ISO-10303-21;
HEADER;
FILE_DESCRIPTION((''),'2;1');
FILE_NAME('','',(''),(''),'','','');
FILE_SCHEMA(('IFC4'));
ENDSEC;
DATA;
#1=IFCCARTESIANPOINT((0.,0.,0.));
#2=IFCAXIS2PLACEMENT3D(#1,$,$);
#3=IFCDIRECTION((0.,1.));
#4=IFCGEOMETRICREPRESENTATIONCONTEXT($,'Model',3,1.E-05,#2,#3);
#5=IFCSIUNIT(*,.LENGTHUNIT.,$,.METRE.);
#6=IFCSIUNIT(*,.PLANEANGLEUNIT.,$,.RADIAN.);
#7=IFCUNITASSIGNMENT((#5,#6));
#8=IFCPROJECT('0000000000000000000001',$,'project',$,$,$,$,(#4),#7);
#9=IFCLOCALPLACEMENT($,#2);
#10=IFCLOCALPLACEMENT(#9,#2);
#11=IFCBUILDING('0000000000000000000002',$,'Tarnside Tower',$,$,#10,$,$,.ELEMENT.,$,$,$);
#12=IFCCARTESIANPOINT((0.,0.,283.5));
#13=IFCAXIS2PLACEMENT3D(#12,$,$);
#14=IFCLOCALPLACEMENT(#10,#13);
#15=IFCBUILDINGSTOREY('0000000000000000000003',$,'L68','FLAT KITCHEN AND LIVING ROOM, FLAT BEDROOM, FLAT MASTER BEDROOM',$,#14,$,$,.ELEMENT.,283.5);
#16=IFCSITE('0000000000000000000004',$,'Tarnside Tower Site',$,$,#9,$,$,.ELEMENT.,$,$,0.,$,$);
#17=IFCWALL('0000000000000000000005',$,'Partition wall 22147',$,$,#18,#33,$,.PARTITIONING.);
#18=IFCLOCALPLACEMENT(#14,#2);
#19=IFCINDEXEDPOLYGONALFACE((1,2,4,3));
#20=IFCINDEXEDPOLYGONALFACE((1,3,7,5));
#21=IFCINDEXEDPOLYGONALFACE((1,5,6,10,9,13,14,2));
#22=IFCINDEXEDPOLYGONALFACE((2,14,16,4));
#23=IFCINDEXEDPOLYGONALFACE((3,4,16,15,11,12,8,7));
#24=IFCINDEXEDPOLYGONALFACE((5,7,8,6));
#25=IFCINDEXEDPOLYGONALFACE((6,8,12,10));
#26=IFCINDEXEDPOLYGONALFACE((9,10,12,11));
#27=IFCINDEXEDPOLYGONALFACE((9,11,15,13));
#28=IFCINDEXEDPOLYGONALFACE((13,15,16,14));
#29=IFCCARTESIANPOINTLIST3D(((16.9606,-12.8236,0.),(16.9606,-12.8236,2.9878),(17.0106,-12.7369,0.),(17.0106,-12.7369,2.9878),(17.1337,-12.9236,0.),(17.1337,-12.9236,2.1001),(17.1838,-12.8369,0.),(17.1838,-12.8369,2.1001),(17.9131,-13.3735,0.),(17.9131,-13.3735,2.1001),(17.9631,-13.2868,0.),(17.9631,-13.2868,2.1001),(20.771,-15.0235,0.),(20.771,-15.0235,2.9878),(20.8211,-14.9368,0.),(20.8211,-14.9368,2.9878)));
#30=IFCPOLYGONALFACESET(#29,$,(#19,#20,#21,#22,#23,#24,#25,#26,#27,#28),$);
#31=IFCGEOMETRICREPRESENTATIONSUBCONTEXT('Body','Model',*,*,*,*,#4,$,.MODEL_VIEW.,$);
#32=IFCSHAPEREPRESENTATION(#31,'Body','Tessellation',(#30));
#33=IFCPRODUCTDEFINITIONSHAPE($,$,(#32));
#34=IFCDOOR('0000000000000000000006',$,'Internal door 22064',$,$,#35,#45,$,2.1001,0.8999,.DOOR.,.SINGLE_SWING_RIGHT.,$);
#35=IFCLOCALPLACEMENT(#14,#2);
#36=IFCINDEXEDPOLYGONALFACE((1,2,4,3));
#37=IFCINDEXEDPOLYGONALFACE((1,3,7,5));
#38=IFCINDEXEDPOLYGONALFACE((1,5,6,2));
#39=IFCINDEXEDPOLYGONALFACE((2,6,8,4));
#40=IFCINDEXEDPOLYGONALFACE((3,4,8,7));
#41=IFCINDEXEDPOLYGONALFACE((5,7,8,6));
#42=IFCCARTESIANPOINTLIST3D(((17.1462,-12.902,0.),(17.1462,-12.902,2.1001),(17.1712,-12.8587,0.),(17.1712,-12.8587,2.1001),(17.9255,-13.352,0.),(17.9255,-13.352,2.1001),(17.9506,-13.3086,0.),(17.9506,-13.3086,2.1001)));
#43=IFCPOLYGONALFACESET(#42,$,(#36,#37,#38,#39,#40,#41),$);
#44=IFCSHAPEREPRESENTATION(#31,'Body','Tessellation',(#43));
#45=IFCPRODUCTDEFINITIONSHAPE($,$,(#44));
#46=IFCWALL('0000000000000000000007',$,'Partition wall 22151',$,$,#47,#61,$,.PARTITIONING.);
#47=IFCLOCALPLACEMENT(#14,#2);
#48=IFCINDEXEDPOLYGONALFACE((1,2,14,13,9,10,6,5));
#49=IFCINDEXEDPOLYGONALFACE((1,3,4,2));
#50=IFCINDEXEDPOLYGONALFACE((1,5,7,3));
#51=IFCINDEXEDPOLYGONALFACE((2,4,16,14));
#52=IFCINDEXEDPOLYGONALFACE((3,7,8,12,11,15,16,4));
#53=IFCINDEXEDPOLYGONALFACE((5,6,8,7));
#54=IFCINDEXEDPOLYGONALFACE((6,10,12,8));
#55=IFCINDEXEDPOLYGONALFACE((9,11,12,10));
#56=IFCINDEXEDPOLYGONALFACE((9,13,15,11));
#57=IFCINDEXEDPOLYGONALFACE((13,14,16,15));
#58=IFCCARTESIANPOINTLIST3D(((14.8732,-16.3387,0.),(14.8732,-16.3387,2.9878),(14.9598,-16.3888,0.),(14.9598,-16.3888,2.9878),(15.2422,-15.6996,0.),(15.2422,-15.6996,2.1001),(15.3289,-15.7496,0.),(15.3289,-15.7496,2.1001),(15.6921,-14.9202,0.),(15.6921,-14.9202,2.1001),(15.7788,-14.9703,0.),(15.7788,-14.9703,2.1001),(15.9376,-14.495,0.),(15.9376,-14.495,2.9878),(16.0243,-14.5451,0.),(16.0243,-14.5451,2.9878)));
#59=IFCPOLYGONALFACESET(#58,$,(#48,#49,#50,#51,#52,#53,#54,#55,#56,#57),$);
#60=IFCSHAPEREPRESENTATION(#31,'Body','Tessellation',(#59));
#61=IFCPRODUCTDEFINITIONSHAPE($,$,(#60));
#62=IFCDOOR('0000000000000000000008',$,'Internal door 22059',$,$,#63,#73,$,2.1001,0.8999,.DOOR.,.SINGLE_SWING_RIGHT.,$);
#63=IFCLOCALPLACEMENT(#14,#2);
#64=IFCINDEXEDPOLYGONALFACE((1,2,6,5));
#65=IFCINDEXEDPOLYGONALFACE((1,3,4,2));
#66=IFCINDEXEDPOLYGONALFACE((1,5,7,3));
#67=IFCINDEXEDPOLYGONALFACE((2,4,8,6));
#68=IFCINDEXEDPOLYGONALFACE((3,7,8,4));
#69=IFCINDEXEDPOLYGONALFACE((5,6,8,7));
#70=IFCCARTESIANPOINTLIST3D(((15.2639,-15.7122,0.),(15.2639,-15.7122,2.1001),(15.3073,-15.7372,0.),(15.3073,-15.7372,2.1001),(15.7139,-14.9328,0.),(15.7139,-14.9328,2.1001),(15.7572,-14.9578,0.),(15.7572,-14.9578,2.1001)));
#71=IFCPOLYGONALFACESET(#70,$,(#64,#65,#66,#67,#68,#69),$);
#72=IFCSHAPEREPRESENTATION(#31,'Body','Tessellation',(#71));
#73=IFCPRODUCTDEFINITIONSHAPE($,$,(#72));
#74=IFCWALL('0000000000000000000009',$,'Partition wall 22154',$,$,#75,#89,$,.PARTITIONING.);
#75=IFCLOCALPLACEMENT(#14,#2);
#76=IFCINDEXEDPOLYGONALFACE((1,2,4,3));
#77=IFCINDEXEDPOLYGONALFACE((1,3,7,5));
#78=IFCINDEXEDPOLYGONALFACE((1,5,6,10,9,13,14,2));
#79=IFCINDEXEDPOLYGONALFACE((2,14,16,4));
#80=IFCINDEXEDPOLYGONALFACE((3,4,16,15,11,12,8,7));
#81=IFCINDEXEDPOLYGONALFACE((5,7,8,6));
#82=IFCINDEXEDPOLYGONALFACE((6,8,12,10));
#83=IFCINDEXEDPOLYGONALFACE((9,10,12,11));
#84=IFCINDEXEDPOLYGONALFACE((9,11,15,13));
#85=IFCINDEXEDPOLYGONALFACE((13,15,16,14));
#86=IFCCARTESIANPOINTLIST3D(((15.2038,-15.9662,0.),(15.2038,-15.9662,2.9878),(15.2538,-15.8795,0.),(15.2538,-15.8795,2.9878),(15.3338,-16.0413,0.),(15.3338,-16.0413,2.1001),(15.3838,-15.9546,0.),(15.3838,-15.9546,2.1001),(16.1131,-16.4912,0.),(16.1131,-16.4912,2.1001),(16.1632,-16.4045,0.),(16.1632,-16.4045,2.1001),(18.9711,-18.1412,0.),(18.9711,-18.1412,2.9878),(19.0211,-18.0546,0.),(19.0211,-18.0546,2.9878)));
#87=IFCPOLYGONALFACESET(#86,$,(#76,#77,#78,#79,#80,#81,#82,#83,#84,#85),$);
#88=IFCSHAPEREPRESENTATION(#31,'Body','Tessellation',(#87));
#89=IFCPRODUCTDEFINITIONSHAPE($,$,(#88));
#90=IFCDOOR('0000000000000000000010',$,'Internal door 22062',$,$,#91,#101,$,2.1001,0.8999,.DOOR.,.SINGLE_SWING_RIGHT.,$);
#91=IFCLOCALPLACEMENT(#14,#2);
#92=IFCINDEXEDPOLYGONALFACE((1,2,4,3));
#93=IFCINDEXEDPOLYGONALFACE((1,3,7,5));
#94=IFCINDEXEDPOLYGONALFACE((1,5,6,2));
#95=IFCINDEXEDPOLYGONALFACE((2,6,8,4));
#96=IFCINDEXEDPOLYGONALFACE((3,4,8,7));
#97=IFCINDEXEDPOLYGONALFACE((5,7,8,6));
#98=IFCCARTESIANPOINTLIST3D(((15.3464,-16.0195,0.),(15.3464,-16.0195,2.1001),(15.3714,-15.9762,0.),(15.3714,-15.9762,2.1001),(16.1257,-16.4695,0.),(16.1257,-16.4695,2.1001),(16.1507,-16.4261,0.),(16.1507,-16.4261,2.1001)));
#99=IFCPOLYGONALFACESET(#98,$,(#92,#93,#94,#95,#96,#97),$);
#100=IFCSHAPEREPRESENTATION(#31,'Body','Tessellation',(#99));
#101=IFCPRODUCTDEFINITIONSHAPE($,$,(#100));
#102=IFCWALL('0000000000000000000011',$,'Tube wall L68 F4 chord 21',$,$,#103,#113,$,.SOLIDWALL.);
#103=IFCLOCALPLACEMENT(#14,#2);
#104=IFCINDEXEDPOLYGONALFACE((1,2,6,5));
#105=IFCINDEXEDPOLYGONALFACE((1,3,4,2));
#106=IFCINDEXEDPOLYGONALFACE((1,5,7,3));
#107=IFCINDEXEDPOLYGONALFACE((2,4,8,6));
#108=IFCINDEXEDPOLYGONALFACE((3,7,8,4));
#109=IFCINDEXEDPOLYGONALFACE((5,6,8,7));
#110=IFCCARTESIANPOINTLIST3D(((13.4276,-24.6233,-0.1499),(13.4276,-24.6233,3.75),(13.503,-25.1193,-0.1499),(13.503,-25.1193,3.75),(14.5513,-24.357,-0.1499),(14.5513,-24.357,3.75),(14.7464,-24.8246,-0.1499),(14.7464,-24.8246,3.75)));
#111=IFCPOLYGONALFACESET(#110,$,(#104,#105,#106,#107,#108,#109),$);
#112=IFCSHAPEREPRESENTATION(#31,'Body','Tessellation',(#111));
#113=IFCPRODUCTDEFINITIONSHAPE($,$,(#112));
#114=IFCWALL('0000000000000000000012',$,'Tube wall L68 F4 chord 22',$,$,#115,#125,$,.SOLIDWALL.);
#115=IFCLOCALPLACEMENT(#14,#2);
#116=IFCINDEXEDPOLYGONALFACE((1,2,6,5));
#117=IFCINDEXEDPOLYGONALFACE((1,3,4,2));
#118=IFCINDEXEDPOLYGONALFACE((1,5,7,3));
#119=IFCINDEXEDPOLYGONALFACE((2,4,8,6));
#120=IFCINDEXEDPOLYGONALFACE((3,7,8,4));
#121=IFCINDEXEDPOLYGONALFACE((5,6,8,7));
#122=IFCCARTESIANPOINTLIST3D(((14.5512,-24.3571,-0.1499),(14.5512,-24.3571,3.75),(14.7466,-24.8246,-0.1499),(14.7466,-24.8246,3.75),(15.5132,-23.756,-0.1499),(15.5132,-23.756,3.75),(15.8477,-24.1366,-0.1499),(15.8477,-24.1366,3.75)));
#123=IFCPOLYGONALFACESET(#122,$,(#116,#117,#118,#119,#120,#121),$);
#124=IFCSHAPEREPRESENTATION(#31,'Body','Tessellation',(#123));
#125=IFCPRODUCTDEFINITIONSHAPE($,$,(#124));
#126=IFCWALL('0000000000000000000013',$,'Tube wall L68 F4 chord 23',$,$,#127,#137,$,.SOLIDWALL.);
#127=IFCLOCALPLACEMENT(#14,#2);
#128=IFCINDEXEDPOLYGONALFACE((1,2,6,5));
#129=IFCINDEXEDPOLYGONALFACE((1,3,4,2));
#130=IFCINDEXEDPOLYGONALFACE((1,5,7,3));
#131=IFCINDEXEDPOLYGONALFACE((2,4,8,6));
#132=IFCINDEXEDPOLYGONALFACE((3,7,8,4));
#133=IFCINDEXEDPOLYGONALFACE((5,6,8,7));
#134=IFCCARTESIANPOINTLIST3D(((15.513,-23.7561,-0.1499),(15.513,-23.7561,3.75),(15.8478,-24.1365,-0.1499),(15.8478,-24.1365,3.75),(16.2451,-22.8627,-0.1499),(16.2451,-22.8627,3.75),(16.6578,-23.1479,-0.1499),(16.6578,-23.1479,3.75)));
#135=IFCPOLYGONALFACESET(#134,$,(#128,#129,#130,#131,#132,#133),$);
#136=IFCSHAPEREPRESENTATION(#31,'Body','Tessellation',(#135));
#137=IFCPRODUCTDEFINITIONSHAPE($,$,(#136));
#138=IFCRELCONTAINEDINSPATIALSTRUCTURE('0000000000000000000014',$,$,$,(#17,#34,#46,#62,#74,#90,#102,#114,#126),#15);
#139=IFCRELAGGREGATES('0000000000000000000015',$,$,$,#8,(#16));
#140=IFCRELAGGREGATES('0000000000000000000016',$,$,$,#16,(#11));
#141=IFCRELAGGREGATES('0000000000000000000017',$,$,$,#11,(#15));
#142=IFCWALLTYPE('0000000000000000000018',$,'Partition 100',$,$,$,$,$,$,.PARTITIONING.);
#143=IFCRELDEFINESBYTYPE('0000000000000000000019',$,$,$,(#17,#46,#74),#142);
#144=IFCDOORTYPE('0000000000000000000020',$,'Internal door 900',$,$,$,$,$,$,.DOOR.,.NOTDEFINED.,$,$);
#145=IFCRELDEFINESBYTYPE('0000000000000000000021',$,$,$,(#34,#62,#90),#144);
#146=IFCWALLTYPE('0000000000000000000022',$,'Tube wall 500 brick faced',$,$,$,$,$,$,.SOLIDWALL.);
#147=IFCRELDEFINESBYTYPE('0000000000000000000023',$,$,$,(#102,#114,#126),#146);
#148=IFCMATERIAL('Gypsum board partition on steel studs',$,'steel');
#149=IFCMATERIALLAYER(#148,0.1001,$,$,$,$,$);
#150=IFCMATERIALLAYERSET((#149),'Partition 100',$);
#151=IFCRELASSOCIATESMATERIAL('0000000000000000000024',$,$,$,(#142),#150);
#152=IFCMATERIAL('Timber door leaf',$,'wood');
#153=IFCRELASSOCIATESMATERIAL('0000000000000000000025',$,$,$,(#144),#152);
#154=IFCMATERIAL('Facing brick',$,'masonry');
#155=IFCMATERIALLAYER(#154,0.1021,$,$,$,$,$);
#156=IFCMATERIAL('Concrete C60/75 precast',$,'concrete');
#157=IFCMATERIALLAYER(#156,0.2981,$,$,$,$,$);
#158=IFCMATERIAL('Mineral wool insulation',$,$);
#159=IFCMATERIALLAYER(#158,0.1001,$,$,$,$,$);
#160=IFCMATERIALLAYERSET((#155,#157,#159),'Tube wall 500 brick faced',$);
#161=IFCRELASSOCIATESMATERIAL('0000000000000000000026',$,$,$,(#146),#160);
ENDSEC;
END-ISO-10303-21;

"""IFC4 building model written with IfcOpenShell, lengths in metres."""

from ifc_helpers import new_model, si_unit, direction, frame, frame_2d, origin, place, context, subcontext, project, spatial, polyline, rectangle, outline, extrude, material, layer, layer_set, type_object, element, fill, save


model = new_model("IFC4")

# Units and contexts
model_context = context("Model", 3, precision=1e-05, world=origin(), true_north=direction((0.0, 1.0)))
body_context = subcontext(model_context, "Body", "Model", "MODEL_VIEW")
ifc_project = project(units=[si_unit("LENGTHUNIT", "METRE"), si_unit("PLANEANGLEUNIT", "RADIAN")], contexts=[model_context])

# Site, building, storey
site_placement = place(None, origin())
site = spatial("IfcSite", under=ifc_project, at=site_placement, Name="Tarnside Tower Site", CompositionType="ELEMENT", RefElevation=0.0)
building_placement = place(site_placement, origin())
building = spatial("IfcBuilding", under=site, at=building_placement, Name="Tarnside Tower", CompositionType="ELEMENT")
storey_placement = place(building_placement, frame((0.0, 0.0, 283.5)))
storey = spatial("IfcBuildingStorey", under=building, at=storey_placement, Name="L68", Description="FLAT KITCHEN AND LIVING ROOM, FLAT BEDROOM, FLAT MASTER BEDROOM", CompositionType="ELEMENT", Elevation=283.5)

# Shared definitions
ifc_material_1 = material(Name="Gypsum board partition on steel studs", Category="steel")
ifc_material_2 = material(Name="Timber door leaf", Category="wood")

# Shared definitions
ifc_material_3 = material(Name="Concrete C60/75 precast", Category="concrete")
ifc_material_4 = material(Name="Mineral wool insulation")

# Walls, openings, doors
ifc_layer_1 = layer(ifc_material_1, 0.1001)
ifc_layer_set_1 = layer_set([ifc_layer_1], Name="Partition 100")
wall_type_1 = type_object("IfcWallType", Name="Partition 100", PredefinedType="PARTITIONING", material=ifc_layer_set_1)
wall_1_placement = place(storey_placement, frame((16.9856, -12.7803, 0.0), z_axis=(0.0, 0.0, 1.0), x_axis=(0.866032, -0.499988, 0.0)))
wall_1 = element("IfcWall", 1, at=wall_1_placement, inside=storey, type_object=wall_type_1, Name="Partition wall 22147", PredefinedType="PARTITIONING", context=body_context, shape_type="SweptSolid", body=[
    extrude(rectangle(XDim=4.3999, YDim=0.1001, at=frame_2d((2.2, 0.0))), origin(), (0.0, 0.0, 1.0), 2.9878),
])
opening_1_placement = place(wall_1_placement, frame((0.2, 0.0, 0.0)))
opening_1 = element("IfcOpeningElement", 2, at=opening_1_placement, cuts=wall_1, PredefinedType="OPENING", context=body_context, shape_type="SweptSolid", body=[
    extrude(rectangle(XDim=0.8999, YDim=2.1001, at=frame_2d((0.45, 1.05))), frame((0.0, 0.0601, 0.0), z_axis=(0.0, -1.0, 0.0), x_axis=(1.0, 0.0, 0.0)), (0.0, 0.0, 1.0), 0.1201),
])
door_type_1 = type_object("IfcDoorType", Name="Internal door 900", OperationType="NOTDEFINED", PredefinedType="DOOR", material=ifc_material_2)
door_1_placement = place(opening_1_placement, origin())
door_1 = element("IfcDoor", 3, at=door_1_placement, inside=storey, type_object=door_type_1, Name="Internal door 22064", OperationType="SINGLE_SWING_RIGHT", OverallHeight=2.1001, OverallWidth=0.8999, PredefinedType="DOOR", context=body_context, shape_type="SweptSolid", body=[
    extrude(rectangle(XDim=0.8999, YDim=2.1001, at=frame_2d((0.45, 1.05))), frame((0.0, 0.0249, 0.0), z_axis=(0.0, -1.0, 0.0), x_axis=(1.0, 0.0, 0.0)), (0.0, 0.0, 1.0), 0.05),
])
fill(opening_1, door_1)
wall_2_placement = place(storey_placement, frame((14.9165, -16.3638, 0.0), z_axis=(0.0, 0.0, 1.0), x_axis=(0.499987, 0.866033, 0.0)))
wall_2 = element("IfcWall", 4, at=wall_2_placement, inside=storey, type_object=wall_type_1, Name="Partition wall 22151", PredefinedType="PARTITIONING", context=body_context, shape_type="SweptSolid", body=[
    extrude(rectangle(XDim=2.1289, YDim=0.1001, at=frame_2d((1.0645, 0.0))), origin(), (0.0, 0.0, 1.0), 2.9878),
])
opening_2_placement = place(wall_2_placement, frame((0.738, 0.0, 0.0)))
opening_2 = element("IfcOpeningElement", 5, at=opening_2_placement, cuts=wall_2, PredefinedType="OPENING", context=body_context, shape_type="SweptSolid", body=[
    extrude(rectangle(XDim=0.8999, YDim=2.1001, at=frame_2d((0.45, 1.05))), frame((0.0, 0.0601, 0.0), z_axis=(0.0, -1.0, 0.0), x_axis=(1.0, 0.0, 0.0)), (0.0, 0.0, 1.0), 0.1201),
])
door_2_placement = place(opening_2_placement, origin())
door_2 = element("IfcDoor", 6, at=door_2_placement, inside=storey, type_object=door_type_1, Name="Internal door 22059", OperationType="SINGLE_SWING_RIGHT", OverallHeight=2.1001, OverallWidth=0.8999, PredefinedType="DOOR", context=body_context, shape_type="SweptSolid", body=[
    extrude(rectangle(XDim=0.8999, YDim=2.1001, at=frame_2d((0.45, 1.05))), frame((0.0, 0.0249, 0.0), z_axis=(0.0, -1.0, 0.0), x_axis=(1.0, 0.0, 0.0)), (0.0, 0.0, 1.0), 0.05),
])
fill(opening_2, door_2)
wall_3_placement = place(storey_placement, frame((18.9961, -18.0979, 0.0), z_axis=(0.0, 0.0, 1.0), x_axis=(-0.866028, 0.499996, 0.0)))
wall_3 = element("IfcWall", 7, at=wall_3_placement, inside=storey, type_object=wall_type_1, Name="Partition wall 22154", PredefinedType="PARTITIONING", context=body_context, shape_type="SweptSolid", body=[
    extrude(rectangle(XDim=4.3501, YDim=0.1001, at=frame_2d((2.175, 0.0))), origin(), (0.0, 0.0, 1.0), 2.9878),
])
opening_3_placement = place(wall_3_placement, frame((3.3, 0.0, 0.0)))
opening_3 = element("IfcOpeningElement", 8, at=opening_3_placement, cuts=wall_3, PredefinedType="OPENING", context=body_context, shape_type="SweptSolid", body=[
    extrude(rectangle(XDim=0.8999, YDim=2.1001, at=frame_2d((0.45, 1.05))), frame((0.0, 0.0601, 0.0), z_axis=(0.0, -1.0, 0.0), x_axis=(1.0, 0.0, 0.0)), (0.0, 0.0, 1.0), 0.1201),
])
door_3_placement = place(opening_3_placement, origin())
door_3 = element("IfcDoor", 9, at=door_3_placement, inside=storey, type_object=door_type_1, Name="Internal door 22062", OperationType="SINGLE_SWING_RIGHT", OverallHeight=2.1001, OverallWidth=0.8999, PredefinedType="DOOR", context=body_context, shape_type="SweptSolid", body=[
    extrude(rectangle(XDim=0.8999, YDim=2.1001, at=frame_2d((0.45, 1.05))), frame((0.0, 0.0249, 0.0), z_axis=(0.0, -1.0, 0.0), x_axis=(1.0, 0.0, 0.0)), (0.0, 0.0, 1.0), 0.05),
])
fill(opening_3, door_3)

# Walls
ifc_material_5 = material(Name="Facing brick", Category="masonry")
ifc_layer_2 = layer(ifc_material_5, 0.1021)
ifc_layer_3 = layer(ifc_material_3, 0.2981)
ifc_layer_4 = layer(ifc_material_4, 0.1001)
ifc_layer_set_2 = layer_set([ifc_layer_2, ifc_layer_3, ifc_layer_4], Name="Tube wall 500 brick faced")
wall_type_2 = type_object("IfcWallType", Name="Tube wall 500 brick faced", PredefinedType="SOLIDWALL", material=ifc_layer_set_2)
wall_4_placement = place(storey_placement, frame((13.4653, -24.8713, -0.1499), z_axis=(0.0, 0.0, 1.0), x_axis=(0.973045, 0.230616, 0.0)))
element("IfcWall", 10, at=wall_4_placement, inside=storey, type_object=wall_type_2, Name="Tube wall L68 F4 chord 21", PredefinedType="SOLIDWALL", context=body_context, shape_type="SweptSolid", body=[
    extrude(outline(polyline([(-0.0205, -0.25), (1.2573, -0.25), (1.1753, 0.25), (0.0205, 0.25), (-0.0205, -0.25)])), origin(), (0.0, 0.0, 1.0), 3.8999),
])
wall_5_placement = place(storey_placement, frame((14.6489, -24.5908, -0.1499), z_axis=(0.0, 0.0, 1.0), x_axis=(0.848055, 0.529909, 0.0)))
element("IfcWall", 11, at=wall_5_placement, inside=storey, type_object=wall_type_2, Name="Tube wall L68 F4 chord 22", PredefinedType="SOLIDWALL", context=body_context, shape_type="SweptSolid", body=[
    extrude(outline(polyline([(-0.041, -0.25), (1.2573, -0.25), (1.1753, 0.25), (0.041, 0.25), (-0.041, -0.25)])), origin(), (0.0, 0.0, 1.0), 3.8999),
])
wall_6_placement = place(storey_placement, frame((15.6804, -23.9463, -0.1499), z_axis=(0.0, 0.0, 1.0), x_axis=(0.633806, 0.773492, 0.0)))
element("IfcWall", 12, at=wall_6_placement, inside=storey, type_object=wall_type_2, Name="Tube wall L68 F4 chord 23", PredefinedType="SOLIDWALL", context=body_context, shape_type="SweptSolid", body=[
    extrude(outline(polyline([(-0.041, -0.25), (1.2371, -0.25), (1.196, 0.25), (0.041, 0.25), (-0.041, -0.25)])), origin(), (0.0, 0.0, 1.0), 3.8999),
])

save(model, "model.ifc")
